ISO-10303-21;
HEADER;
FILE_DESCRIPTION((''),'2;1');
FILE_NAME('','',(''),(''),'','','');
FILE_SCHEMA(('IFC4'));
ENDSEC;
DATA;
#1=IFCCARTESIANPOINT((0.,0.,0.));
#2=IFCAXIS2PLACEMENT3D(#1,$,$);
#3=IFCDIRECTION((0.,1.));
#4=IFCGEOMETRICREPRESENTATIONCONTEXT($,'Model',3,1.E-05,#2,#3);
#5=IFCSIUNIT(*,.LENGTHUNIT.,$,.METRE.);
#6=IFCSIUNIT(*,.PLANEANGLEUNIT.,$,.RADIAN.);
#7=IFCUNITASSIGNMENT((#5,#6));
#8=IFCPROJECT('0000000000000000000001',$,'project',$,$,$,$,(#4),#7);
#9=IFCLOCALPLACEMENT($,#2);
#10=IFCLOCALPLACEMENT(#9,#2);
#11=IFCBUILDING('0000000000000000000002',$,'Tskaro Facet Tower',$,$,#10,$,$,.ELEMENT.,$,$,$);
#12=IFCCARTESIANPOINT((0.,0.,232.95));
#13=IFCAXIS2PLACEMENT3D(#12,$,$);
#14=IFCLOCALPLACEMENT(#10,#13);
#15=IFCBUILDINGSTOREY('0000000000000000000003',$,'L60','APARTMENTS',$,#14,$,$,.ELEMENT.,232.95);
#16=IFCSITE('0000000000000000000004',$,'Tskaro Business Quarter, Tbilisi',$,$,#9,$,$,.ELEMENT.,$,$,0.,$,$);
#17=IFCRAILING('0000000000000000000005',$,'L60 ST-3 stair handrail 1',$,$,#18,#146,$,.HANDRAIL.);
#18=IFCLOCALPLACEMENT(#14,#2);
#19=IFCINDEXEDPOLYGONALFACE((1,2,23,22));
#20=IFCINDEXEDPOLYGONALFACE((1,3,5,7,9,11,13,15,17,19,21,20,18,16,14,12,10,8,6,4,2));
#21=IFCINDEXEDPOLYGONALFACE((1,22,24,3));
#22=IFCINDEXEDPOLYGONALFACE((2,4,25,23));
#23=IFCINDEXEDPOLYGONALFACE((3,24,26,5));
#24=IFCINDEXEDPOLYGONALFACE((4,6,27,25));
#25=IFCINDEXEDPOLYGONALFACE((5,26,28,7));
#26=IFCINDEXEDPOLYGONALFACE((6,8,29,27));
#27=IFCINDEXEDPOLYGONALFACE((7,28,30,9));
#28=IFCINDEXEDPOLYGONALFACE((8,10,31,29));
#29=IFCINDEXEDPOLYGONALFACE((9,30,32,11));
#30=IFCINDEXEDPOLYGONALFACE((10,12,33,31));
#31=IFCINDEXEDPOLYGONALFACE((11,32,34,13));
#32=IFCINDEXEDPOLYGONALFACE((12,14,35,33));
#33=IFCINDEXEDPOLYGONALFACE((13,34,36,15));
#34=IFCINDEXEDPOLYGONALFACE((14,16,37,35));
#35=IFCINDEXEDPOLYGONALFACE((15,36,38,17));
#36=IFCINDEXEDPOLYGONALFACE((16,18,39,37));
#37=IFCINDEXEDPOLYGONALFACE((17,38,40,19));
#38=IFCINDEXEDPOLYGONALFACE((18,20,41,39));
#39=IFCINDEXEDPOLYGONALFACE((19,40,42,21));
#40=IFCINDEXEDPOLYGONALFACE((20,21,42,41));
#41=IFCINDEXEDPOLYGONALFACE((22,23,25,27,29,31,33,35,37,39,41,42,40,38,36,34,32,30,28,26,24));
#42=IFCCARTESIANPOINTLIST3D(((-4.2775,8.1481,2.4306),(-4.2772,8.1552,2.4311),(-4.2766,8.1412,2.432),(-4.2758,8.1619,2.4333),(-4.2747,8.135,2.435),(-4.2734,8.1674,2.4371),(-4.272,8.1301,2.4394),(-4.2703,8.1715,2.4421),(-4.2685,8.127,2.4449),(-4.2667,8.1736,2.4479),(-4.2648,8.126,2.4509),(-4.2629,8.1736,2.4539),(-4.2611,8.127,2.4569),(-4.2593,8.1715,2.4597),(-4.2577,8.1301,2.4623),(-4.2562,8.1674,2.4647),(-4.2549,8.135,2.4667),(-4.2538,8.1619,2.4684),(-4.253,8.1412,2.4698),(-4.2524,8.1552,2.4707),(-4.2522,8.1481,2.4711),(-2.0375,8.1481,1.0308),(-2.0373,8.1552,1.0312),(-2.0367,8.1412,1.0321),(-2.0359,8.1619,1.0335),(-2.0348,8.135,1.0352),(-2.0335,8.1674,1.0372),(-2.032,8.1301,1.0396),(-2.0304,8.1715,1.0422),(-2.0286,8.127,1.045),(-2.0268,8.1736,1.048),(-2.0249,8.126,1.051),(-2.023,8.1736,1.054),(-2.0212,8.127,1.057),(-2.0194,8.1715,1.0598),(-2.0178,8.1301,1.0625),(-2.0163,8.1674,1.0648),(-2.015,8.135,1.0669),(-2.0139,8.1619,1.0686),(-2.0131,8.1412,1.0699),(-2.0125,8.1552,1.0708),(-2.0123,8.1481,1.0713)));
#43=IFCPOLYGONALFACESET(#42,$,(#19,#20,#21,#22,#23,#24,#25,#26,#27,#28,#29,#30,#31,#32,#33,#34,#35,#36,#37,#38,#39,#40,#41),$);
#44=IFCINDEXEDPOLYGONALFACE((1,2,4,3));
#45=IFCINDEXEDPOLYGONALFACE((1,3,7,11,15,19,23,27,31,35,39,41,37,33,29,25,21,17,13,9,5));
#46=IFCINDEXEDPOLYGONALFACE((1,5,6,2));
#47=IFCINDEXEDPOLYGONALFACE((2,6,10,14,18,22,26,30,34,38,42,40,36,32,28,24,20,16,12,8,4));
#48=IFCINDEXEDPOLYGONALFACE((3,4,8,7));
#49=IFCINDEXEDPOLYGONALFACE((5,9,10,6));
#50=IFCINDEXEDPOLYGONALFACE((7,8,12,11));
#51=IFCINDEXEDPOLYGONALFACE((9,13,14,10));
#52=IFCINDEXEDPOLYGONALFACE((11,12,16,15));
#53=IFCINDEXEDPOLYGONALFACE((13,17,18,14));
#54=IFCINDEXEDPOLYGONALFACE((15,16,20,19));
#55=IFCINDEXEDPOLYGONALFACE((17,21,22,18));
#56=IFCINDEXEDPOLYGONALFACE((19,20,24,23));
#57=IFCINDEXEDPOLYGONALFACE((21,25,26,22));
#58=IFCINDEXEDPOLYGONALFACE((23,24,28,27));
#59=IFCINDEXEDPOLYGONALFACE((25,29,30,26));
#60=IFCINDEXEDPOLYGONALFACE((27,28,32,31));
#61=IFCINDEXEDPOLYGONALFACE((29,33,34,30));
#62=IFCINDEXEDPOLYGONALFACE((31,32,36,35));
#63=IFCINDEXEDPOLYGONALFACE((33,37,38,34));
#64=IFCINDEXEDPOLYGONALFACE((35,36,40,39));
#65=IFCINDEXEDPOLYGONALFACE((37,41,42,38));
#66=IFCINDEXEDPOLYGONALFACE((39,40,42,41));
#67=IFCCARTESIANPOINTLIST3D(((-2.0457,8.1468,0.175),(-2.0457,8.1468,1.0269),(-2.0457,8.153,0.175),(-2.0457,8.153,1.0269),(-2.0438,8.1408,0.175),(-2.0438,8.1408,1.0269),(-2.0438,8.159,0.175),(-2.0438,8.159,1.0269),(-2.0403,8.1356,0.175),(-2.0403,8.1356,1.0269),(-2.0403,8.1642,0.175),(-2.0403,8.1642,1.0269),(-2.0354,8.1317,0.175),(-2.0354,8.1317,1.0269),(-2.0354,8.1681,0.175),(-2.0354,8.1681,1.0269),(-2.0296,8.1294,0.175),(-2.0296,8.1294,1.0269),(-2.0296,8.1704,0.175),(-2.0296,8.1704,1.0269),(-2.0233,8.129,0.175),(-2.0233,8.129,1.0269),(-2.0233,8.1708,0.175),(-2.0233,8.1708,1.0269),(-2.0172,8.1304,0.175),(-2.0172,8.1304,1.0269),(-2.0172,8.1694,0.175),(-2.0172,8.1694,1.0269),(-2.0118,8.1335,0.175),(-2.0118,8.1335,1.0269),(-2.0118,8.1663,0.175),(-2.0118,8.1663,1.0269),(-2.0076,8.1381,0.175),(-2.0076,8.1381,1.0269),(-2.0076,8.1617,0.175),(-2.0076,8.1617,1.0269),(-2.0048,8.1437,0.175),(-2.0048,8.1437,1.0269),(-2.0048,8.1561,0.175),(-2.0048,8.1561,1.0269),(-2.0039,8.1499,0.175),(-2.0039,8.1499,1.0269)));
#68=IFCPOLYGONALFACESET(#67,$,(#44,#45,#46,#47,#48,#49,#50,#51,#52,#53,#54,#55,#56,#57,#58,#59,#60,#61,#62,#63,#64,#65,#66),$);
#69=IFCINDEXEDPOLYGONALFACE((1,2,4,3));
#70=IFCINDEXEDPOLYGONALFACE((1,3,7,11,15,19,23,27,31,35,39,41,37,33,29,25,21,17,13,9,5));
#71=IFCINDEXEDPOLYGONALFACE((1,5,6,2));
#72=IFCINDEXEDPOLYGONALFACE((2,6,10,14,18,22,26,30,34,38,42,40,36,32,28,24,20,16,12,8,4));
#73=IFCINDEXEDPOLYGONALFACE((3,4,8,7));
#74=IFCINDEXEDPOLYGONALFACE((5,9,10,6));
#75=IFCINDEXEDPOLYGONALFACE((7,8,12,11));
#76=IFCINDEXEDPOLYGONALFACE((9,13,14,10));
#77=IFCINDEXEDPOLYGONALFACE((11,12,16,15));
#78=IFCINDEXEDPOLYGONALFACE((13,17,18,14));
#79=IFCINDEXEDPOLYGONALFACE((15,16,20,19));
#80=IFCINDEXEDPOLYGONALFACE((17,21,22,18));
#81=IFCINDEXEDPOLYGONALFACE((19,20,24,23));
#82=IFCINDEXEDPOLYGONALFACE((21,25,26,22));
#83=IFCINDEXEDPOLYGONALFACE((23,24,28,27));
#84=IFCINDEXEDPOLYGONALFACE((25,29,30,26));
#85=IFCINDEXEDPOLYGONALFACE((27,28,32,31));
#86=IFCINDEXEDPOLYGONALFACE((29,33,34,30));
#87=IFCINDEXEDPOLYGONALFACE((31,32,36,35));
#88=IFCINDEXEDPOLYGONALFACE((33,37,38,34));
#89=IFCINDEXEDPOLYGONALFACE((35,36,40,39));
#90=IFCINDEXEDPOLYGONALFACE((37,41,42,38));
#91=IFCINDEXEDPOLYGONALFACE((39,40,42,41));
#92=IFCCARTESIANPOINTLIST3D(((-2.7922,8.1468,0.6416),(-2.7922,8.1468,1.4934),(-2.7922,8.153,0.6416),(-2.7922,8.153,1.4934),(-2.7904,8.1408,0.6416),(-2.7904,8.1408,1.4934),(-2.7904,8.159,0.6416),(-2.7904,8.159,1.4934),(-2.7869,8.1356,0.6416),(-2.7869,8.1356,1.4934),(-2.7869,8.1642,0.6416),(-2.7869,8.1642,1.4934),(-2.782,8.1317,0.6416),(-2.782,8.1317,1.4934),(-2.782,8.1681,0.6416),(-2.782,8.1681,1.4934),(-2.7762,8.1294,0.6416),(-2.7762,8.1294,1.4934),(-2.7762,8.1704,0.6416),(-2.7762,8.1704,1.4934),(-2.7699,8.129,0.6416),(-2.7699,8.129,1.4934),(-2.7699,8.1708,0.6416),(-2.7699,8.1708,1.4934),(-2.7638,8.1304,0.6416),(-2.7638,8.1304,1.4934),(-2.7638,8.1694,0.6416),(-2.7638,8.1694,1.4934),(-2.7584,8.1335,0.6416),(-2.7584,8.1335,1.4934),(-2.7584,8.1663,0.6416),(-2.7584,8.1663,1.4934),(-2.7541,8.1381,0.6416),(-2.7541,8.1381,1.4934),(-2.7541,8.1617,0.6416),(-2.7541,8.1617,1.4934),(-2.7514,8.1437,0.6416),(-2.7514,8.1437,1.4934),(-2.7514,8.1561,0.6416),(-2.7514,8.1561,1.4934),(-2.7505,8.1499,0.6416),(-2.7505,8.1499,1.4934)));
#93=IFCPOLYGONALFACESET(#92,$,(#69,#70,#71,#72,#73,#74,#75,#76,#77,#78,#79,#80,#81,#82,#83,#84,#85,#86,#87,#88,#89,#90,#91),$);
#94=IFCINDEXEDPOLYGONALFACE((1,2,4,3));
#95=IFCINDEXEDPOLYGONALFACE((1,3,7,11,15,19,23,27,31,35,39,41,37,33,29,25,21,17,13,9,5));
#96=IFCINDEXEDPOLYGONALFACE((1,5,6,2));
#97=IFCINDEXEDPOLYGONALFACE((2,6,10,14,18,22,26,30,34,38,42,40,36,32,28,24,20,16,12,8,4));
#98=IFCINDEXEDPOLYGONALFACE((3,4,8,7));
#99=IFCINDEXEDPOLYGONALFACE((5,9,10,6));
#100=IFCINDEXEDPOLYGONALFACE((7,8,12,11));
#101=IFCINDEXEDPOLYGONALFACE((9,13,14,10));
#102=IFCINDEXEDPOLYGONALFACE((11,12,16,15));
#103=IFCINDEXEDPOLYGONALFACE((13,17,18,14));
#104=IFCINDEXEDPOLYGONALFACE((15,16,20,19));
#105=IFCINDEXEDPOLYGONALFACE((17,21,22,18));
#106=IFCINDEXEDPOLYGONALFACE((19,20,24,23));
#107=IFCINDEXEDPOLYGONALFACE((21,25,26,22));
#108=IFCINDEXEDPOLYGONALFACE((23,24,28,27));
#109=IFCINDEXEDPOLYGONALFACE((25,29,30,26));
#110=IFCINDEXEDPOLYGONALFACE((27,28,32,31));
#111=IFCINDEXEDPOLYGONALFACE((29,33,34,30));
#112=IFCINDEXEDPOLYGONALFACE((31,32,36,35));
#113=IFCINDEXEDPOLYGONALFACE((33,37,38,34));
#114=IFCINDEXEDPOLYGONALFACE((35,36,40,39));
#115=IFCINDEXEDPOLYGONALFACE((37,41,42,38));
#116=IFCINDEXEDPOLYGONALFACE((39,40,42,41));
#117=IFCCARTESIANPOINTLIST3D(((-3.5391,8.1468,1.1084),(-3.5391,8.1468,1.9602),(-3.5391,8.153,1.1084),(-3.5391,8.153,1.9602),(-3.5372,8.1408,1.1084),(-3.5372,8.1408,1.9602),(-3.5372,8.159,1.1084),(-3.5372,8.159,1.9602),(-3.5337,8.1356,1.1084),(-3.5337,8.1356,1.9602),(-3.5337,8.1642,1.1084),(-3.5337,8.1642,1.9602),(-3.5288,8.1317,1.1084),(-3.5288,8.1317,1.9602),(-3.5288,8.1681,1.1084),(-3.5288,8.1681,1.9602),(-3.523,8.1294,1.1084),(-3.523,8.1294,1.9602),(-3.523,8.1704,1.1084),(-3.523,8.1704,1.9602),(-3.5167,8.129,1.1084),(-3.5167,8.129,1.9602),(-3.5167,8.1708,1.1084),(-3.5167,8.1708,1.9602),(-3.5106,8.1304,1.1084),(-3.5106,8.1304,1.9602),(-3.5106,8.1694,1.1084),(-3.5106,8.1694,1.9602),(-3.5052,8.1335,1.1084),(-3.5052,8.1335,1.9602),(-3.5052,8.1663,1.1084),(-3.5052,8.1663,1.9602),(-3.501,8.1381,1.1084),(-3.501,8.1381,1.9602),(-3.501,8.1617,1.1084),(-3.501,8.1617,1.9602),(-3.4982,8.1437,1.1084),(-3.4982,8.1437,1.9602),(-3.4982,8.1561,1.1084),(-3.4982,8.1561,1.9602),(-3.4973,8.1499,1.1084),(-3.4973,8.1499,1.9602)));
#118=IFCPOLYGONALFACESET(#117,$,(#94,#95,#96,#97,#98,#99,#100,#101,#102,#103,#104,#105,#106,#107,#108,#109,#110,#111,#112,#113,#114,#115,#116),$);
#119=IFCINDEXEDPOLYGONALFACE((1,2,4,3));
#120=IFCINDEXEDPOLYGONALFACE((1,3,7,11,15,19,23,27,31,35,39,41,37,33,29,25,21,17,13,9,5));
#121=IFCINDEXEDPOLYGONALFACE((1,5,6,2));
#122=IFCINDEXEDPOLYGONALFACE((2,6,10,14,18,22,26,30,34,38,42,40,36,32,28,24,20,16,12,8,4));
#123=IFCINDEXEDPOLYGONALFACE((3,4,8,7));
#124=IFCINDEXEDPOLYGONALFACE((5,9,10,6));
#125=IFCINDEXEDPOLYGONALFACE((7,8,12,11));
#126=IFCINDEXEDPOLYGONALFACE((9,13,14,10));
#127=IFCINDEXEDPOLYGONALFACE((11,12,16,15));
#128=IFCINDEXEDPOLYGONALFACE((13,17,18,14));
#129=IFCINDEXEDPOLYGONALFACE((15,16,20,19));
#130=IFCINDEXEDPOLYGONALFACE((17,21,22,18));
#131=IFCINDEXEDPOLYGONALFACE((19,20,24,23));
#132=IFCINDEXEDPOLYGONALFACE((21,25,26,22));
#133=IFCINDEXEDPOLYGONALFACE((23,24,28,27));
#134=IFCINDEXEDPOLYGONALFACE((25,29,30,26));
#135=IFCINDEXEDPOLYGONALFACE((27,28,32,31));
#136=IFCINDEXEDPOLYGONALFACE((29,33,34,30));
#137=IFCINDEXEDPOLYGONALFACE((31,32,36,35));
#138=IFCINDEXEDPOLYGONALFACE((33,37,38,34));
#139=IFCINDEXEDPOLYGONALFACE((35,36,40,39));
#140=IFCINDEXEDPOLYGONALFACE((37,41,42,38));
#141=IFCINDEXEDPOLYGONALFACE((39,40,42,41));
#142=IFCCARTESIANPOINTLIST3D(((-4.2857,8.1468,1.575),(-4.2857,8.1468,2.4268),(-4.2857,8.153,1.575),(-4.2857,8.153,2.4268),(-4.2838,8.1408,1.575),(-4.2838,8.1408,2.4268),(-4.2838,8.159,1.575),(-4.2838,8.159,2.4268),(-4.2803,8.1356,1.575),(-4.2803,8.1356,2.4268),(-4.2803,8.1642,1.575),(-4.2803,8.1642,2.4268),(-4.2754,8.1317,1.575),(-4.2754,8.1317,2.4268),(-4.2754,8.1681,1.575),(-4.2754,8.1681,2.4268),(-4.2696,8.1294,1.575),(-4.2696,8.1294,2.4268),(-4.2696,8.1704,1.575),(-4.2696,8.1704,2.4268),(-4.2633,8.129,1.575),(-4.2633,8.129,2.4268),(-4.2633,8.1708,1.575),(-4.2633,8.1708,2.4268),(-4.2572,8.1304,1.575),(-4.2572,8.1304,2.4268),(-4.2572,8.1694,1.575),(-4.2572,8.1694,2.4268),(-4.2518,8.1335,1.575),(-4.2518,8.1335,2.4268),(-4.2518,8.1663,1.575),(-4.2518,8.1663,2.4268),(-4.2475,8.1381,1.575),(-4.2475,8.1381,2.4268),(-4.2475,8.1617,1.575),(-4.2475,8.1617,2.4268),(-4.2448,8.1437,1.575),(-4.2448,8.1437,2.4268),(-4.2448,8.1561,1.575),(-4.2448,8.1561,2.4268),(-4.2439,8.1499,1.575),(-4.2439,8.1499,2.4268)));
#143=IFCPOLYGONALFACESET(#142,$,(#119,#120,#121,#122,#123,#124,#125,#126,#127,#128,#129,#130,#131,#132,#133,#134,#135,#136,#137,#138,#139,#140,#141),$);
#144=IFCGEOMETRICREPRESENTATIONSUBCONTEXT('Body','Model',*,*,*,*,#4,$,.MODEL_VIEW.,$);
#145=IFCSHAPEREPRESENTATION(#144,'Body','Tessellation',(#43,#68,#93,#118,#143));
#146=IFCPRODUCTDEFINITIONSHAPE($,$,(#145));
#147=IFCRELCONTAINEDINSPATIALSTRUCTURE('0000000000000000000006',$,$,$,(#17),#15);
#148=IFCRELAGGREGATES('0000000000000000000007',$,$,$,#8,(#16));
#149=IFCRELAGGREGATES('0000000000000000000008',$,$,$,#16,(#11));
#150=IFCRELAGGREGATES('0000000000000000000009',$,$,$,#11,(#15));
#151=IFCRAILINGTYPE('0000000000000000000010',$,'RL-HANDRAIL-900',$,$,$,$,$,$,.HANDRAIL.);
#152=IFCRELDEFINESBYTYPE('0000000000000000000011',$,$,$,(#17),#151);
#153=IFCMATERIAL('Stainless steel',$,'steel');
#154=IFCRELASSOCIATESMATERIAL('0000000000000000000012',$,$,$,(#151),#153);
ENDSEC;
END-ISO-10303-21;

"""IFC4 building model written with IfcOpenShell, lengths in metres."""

from ifc_helpers import new_model, si_unit, direction, frame, origin, origin_2d, place, context, subcontext, project, spatial, circle, extrude, material, type_object, element, save


model = new_model("IFC4")

# Units and contexts
model_context = context("Model", 3, precision=1e-05, world=origin(), true_north=direction((0.0, 1.0)))
body_context = subcontext(model_context, "Body", "Model", "MODEL_VIEW")
ifc_project = project(units=[si_unit("LENGTHUNIT", "METRE"), si_unit("PLANEANGLEUNIT", "RADIAN")], contexts=[model_context])

# Site, building, storey
site_placement = place(None, origin())
site = spatial("IfcSite", under=ifc_project, at=site_placement, Name="Tskaro Business Quarter, Tbilisi", CompositionType="ELEMENT", RefElevation=0.0)
building_placement = place(site_placement, origin())
building = spatial("IfcBuilding", under=site, at=building_placement, Name="Tskaro Facet Tower", CompositionType="ELEMENT")
storey_placement = place(building_placement, frame((0.0, 0.0, 232.95)))
storey = spatial("IfcBuildingStorey", under=building, at=storey_placement, Name="L60", Description="APARTMENTS", CompositionType="ELEMENT", Elevation=232.95)

# Railing
ifc_material_1 = material(Name="Stainless steel", Category="steel")
railing_type_1 = type_object("IfcRailingType", Name="RL-HANDRAIL-900", PredefinedType="HANDRAIL", material=ifc_material_1)
railing_1_placement = place(storey_placement, frame((-2.0249, 8.1499, 0.175)))
element("IfcRailing", 1, at=railing_1_placement, inside=storey, type_object=railing_type_1, Name="L60 ST-3 stair handrail 1", PredefinedType="HANDRAIL", context=body_context, shape_type="SweptSolid", body=[
    extrude(circle(Radius=0.0239, at=origin_2d()), frame((0.0, 0.0, 0.876), z_axis=(-0.848014, 0.0, 0.529974), x_axis=(0.0, -1.0, 0.0)), (0.0, 0.0, 1.0), 2.6414),
    extrude(circle(Radius=0.021, at=origin_2d()), origin(), (0.0, 0.0, 1.0), 0.8518),
    extrude(circle(Radius=0.021, at=origin_2d()), frame((-0.7466, 0.0, 0.4666)), (0.0, 0.0, 1.0), 0.8518),
    extrude(circle(Radius=0.021, at=origin_2d()), frame((-1.4934, 0.0, 0.9333)), (0.0, 0.0, 1.0), 0.8518),
    extrude(circle(Radius=0.021, at=origin_2d()), frame((-2.24, 0.0, 1.3999)), (0.0, 0.0, 1.0), 0.8518),
])

save(model, "model.ifc")
